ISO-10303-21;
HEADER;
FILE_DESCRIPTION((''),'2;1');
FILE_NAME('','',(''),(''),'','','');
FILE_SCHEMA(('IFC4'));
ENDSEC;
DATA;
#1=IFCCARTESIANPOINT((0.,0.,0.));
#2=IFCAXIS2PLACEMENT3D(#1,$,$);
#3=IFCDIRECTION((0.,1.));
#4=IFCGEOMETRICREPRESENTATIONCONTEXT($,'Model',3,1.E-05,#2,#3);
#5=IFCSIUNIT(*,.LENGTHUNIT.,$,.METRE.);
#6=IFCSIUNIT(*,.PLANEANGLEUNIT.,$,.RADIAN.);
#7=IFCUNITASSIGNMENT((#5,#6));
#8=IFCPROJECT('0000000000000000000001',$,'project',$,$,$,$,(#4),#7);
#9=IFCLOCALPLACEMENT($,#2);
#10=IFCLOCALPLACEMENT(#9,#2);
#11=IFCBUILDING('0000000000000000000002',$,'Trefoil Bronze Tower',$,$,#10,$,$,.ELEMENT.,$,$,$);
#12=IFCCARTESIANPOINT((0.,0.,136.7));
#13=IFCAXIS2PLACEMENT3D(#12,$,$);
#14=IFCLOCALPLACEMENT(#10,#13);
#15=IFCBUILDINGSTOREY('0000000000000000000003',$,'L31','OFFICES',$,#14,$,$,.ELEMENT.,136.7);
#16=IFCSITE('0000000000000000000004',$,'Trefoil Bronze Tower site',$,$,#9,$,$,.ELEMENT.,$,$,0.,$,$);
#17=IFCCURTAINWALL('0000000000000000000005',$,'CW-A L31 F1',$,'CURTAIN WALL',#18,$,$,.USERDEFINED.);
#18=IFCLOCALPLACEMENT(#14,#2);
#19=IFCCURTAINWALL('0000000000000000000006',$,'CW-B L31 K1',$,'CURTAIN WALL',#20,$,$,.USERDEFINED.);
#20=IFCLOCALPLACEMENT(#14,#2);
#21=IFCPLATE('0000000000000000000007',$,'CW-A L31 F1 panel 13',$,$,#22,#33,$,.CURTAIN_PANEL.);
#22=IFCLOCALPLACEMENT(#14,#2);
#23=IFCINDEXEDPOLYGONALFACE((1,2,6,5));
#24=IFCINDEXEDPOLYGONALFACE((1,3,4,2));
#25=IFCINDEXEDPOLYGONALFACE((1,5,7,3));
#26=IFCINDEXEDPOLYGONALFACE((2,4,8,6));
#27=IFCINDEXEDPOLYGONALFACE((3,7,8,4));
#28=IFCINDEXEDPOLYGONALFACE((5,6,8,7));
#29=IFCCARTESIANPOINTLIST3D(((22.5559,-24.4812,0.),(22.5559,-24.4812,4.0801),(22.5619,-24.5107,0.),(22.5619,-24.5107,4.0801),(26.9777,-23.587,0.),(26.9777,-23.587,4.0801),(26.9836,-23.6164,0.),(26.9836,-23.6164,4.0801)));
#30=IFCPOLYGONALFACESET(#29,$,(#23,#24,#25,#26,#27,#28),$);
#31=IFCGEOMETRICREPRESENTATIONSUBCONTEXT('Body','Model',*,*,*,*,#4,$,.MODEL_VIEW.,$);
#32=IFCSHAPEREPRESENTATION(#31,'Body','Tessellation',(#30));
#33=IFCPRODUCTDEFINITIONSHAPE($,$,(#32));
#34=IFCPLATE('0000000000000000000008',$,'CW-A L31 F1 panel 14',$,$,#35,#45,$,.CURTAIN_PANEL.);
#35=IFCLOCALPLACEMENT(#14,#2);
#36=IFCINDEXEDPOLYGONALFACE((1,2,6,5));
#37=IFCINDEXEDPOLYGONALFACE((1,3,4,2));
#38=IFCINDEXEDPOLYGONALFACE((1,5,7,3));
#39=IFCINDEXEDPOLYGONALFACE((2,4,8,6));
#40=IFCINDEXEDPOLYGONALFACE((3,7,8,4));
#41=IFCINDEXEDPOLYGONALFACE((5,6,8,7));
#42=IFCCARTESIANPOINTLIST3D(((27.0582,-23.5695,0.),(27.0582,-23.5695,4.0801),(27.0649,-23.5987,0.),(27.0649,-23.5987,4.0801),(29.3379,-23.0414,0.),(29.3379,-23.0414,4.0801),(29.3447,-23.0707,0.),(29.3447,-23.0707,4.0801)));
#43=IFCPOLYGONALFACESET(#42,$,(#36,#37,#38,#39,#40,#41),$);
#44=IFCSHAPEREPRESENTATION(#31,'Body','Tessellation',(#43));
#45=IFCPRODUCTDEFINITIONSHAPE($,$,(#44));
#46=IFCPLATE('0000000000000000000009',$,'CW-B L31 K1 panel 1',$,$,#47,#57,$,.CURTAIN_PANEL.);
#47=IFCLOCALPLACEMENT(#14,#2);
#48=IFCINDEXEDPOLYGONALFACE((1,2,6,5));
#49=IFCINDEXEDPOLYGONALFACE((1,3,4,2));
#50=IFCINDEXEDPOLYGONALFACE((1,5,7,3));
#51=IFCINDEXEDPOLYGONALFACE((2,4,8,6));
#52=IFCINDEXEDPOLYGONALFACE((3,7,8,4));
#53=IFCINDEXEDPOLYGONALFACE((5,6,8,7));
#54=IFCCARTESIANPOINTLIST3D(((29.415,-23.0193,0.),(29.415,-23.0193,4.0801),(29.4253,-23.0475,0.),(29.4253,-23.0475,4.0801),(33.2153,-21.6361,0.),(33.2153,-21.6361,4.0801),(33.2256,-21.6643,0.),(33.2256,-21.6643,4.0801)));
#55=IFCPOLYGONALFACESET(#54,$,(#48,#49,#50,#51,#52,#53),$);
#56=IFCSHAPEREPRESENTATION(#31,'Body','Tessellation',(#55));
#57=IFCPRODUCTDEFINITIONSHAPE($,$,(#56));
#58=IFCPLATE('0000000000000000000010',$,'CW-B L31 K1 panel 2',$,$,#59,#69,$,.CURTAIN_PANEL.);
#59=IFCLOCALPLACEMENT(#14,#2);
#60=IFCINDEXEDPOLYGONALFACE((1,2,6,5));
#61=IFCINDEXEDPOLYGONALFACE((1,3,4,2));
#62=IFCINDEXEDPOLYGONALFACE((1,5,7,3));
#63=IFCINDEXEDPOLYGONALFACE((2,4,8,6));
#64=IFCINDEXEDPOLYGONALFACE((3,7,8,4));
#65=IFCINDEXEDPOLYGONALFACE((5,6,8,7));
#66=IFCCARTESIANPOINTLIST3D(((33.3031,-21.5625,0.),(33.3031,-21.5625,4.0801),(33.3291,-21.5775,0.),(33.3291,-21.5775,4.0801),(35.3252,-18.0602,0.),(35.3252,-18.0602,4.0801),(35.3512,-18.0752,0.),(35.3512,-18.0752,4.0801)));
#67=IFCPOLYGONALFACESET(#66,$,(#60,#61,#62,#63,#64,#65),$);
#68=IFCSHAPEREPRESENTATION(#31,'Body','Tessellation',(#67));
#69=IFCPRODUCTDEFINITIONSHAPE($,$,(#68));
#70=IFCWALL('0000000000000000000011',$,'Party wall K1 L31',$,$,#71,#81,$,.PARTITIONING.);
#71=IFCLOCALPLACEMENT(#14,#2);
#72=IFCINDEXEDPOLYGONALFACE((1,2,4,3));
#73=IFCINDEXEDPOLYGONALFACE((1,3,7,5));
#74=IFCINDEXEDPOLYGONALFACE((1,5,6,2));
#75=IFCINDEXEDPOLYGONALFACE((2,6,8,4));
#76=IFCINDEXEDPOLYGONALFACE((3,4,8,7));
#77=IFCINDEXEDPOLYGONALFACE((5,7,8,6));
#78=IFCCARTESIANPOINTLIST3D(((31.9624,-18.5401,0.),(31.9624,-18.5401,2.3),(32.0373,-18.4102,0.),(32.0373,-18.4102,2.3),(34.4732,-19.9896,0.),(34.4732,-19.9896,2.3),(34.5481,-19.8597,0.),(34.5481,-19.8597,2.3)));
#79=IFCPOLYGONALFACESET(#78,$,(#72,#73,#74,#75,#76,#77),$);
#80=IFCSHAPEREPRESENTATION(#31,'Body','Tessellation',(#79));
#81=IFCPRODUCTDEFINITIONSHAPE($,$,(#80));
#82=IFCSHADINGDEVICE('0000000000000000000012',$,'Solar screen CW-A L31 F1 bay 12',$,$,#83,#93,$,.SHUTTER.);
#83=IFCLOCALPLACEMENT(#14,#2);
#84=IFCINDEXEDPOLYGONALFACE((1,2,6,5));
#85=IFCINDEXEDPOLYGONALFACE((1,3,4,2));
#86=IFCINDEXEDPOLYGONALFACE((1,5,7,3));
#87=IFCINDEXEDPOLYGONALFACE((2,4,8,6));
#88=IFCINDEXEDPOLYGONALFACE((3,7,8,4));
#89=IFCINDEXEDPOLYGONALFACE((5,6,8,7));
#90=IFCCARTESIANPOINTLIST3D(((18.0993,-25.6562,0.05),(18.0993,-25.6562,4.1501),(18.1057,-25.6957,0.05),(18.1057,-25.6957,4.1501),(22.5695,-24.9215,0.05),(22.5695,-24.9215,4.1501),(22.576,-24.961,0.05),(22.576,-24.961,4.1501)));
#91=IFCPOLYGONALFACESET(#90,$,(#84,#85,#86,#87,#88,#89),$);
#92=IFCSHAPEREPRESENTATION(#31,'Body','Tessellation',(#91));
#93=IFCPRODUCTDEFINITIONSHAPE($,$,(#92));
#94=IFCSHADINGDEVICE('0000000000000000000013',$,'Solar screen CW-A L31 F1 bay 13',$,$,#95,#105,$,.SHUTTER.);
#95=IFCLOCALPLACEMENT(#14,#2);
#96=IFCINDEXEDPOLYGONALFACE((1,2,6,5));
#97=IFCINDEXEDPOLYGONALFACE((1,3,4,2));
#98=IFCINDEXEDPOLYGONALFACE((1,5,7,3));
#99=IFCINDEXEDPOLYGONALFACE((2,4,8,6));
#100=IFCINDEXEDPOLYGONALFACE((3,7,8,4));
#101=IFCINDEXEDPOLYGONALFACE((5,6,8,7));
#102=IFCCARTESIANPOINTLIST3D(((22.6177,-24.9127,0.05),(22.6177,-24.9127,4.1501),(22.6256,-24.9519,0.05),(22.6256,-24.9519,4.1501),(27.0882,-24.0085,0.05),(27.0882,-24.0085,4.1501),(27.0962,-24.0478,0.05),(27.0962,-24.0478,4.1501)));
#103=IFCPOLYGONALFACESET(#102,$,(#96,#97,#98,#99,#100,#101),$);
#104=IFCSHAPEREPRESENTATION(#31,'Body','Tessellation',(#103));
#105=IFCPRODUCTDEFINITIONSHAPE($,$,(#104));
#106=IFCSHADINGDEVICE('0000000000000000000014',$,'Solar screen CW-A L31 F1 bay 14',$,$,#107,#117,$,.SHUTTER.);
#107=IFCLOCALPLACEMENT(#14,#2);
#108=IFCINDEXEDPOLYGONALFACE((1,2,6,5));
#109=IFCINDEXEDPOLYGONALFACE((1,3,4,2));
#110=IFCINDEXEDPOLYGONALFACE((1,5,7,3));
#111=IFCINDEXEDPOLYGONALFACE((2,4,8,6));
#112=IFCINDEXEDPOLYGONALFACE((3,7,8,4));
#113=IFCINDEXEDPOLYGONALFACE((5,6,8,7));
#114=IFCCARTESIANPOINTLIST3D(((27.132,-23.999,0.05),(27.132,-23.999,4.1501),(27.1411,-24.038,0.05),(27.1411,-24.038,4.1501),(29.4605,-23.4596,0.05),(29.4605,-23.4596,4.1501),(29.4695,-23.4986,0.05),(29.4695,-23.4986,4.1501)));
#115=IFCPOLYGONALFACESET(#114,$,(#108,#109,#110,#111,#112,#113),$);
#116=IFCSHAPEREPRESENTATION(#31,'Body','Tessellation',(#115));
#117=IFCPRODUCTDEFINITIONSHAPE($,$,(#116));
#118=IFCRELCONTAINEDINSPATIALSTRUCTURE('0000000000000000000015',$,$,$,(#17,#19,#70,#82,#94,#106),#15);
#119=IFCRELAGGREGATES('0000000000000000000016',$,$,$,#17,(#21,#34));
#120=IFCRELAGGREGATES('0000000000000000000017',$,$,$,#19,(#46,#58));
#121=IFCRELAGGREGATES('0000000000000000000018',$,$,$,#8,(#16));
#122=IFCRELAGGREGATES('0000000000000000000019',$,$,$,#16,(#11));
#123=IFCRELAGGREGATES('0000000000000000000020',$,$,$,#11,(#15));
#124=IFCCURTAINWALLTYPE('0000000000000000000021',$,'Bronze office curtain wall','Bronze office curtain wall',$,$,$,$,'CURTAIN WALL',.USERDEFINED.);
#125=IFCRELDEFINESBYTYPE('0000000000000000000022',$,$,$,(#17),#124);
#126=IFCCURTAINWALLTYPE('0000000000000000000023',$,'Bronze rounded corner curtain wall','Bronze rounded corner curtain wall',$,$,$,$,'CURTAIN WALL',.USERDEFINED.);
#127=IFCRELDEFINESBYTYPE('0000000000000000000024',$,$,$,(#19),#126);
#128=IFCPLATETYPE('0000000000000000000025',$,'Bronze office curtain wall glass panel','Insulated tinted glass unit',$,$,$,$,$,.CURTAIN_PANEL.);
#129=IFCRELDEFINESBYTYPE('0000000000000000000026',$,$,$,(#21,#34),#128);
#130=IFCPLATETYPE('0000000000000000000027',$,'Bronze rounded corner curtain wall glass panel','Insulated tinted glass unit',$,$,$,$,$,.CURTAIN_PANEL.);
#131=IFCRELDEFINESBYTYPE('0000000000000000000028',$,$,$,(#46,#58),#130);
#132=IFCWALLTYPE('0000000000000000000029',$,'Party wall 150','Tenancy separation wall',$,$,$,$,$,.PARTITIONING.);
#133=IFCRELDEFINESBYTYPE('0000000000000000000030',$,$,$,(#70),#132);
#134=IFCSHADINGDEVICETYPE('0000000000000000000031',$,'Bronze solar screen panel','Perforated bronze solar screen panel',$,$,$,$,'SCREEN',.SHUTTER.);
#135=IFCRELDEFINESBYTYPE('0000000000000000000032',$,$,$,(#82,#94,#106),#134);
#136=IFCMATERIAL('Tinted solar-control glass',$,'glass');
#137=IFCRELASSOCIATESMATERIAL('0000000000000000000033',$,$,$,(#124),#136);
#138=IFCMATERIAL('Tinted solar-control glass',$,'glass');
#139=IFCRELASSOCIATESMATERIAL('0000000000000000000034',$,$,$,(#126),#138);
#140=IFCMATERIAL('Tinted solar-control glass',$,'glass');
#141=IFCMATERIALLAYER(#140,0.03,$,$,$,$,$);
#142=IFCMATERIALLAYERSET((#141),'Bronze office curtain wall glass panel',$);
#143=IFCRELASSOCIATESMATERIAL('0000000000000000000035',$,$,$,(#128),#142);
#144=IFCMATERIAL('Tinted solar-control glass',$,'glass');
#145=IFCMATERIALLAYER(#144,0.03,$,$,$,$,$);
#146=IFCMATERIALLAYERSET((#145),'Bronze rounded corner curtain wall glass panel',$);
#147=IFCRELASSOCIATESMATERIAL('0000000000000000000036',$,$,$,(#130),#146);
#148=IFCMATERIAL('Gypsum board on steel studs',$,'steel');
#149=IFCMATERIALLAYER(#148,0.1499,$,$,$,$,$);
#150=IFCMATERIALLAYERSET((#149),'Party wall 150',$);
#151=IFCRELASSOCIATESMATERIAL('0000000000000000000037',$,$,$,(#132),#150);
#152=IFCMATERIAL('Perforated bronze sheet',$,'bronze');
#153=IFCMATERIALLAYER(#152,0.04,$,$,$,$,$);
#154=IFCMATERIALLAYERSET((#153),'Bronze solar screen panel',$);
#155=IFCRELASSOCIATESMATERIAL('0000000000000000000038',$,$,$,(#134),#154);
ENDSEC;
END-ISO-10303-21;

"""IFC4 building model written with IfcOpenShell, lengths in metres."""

from ifc_helpers import new_model, si_unit, direction, frame, frame_2d, origin, origin_2d, place, context, subcontext, project, spatial, rectangle, extrude, material, layer, layer_set, type_object, element, aggregate, save


model = new_model("IFC4")

# Units and contexts
model_context = context("Model", 3, precision=1e-05, world=origin(), true_north=direction((0.0, 1.0)))
body_context = subcontext(model_context, "Body", "Model", "MODEL_VIEW")
ifc_project = project(units=[si_unit("LENGTHUNIT", "METRE"), si_unit("PLANEANGLEUNIT", "RADIAN")], contexts=[model_context])

# Site, building, storey
site_placement = place(None, origin())
site = spatial("IfcSite", under=ifc_project, at=site_placement, Name="Trefoil Bronze Tower site", CompositionType="ELEMENT", RefElevation=0.0)
building_placement = place(site_placement, origin())
building = spatial("IfcBuilding", under=site, at=building_placement, Name="Trefoil Bronze Tower", CompositionType="ELEMENT")
storey_placement = place(building_placement, frame((0.0, 0.0, 136.7)))
storey = spatial("IfcBuildingStorey", under=building, at=storey_placement, Name="L31", Description="OFFICES", CompositionType="ELEMENT", Elevation=136.7)

# Curtain walls
ifc_material_1 = material(Name="Tinted solar-control glass", Category="glass")
curtain_wall_type_1 = type_object("IfcCurtainWallType", Name="Bronze office curtain wall", Description="Bronze office curtain wall", ElementType="CURTAIN WALL", PredefinedType="USERDEFINED", material=ifc_material_1)
curtain_wall_1_placement = place(storey_placement, origin())
curtain_wall_1 = element("IfcCurtainWall", 1, at=curtain_wall_1_placement, inside=storey, type_object=curtain_wall_type_1, Name="CW-A L31 F1", ObjectType="CURTAIN WALL", PredefinedType="USERDEFINED")
ifc_material_2 = material(Name="Tinted solar-control glass", Category="glass")
curtain_wall_type_2 = type_object("IfcCurtainWallType", Name="Bronze rounded corner curtain wall", Description="Bronze rounded corner curtain wall", ElementType="CURTAIN WALL", PredefinedType="USERDEFINED", material=ifc_material_2)
curtain_wall_2_placement = place(storey_placement, origin())
curtain_wall_2 = element("IfcCurtainWall", 2, at=curtain_wall_2_placement, inside=storey, type_object=curtain_wall_type_2, Name="CW-B L31 K1", ObjectType="CURTAIN WALL", PredefinedType="USERDEFINED")

# Plates
ifc_material_3 = material(Name="Tinted solar-control glass", Category="glass")
ifc_layer_1 = layer(ifc_material_3, 0.03)
ifc_layer_set_1 = layer_set([ifc_layer_1], Name="Bronze office curtain wall glass panel")
plate_type_1 = type_object("IfcPlateType", Name="Bronze office curtain wall glass panel", Description="Insulated tinted glass unit", PredefinedType="CURTAIN_PANEL", material=ifc_layer_set_1)
plate_1_placement = place(storey_placement, frame((24.7698, -24.0488, 0.0), z_axis=(0.0, 0.0, 1.0), x_axis=(0.980155, 0.198232, 0.0)))
plate_1 = element("IfcPlate", 3, at=plate_1_placement, type_object=plate_type_1, Name="CW-A L31 F1 panel 13", PredefinedType="CURTAIN_PANEL", context=body_context, shape_type="SweptSolid", body=[
    extrude(rectangle(XDim=4.5112, YDim=0.03, at=origin_2d()), origin(), (0.0, 0.0, 1.0), 4.0801),
])
plate_2_placement = place(storey_placement, frame((28.2014, -23.3201, 0.0), z_axis=(0.0, 0.0, 1.0), x_axis=(0.974204, 0.225667, 0.0)))
plate_2 = element("IfcPlate", 4, at=plate_2_placement, type_object=plate_type_1, Name="CW-A L31 F1 panel 14", PredefinedType="CURTAIN_PANEL", context=body_context, shape_type="SweptSolid", body=[
    extrude(rectangle(XDim=2.3401, YDim=0.03, at=origin_2d()), origin(), (0.0, 0.0, 1.0), 4.0801),
])
aggregate(curtain_wall_1, [plate_1, plate_2])
ifc_material_4 = material(Name="Tinted solar-control glass", Category="glass")
ifc_layer_2 = layer(ifc_material_4, 0.03)
ifc_layer_set_2 = layer_set([ifc_layer_2], Name="Bronze rounded corner curtain wall glass panel")
plate_type_2 = type_object("IfcPlateType", Name="Bronze rounded corner curtain wall glass panel", Description="Insulated tinted glass unit", PredefinedType="CURTAIN_PANEL", material=ifc_layer_set_2)
plate_3_placement = place(storey_placement, frame((31.3203, -22.3418, 0.0), z_axis=(0.0, 0.0, 1.0), x_axis=(0.939693, 0.34202, 0.0)))
plate_3 = element("IfcPlate", 5, at=plate_3_placement, type_object=plate_type_2, Name="CW-B L31 K1 panel 1", PredefinedType="CURTAIN_PANEL", context=body_context, shape_type="SweptSolid", body=[
    extrude(rectangle(XDim=4.0442, YDim=0.03, at=origin_2d()), origin(), (0.0, 0.0, 1.0), 4.0801),
])
plate_4_placement = place(storey_placement, frame((34.3271, -19.8188, 0.0), z_axis=(0.0, 0.0, 1.0), x_axis=(0.5, 0.866025, 0.0)))
plate_4 = element("IfcPlate", 6, at=plate_4_placement, type_object=plate_type_2, Name="CW-B L31 K1 panel 2", PredefinedType="CURTAIN_PANEL", context=body_context, shape_type="SweptSolid", body=[
    extrude(rectangle(XDim=4.0442, YDim=0.03, at=origin_2d()), origin(), (0.0, 0.0, 1.0), 4.0801),
])
aggregate(curtain_wall_2, [plate_3, plate_4])

# Wall
ifc_material_5 = material(Name="Gypsum board on steel studs", Category="steel")
ifc_layer_3 = layer(ifc_material_5, 0.1499)
ifc_layer_set_3 = layer_set([ifc_layer_3], Name="Party wall 150")
wall_type = type_object("IfcWallType", Name="Party wall 150", Description="Tenancy separation wall", PredefinedType="PARTITIONING", material=ifc_layer_set_3)
wall_placement = place(storey_placement, frame((31.9998, -18.4751, 0.0), z_axis=(0.0, 0.0, 1.0), x_axis=(0.866043, -0.49997, 0.0)))
element("IfcWall", 7, at=wall_placement, inside=storey, type_object=wall_type, Name="Party wall K1 L31", PredefinedType="PARTITIONING", context=body_context, shape_type="SweptSolid", body=[
    extrude(rectangle(XDim=2.8992, YDim=0.1499, at=frame_2d((1.4497, 0.0))), origin(), (0.0, 0.0, 1.0), 2.3),
])

# Shading devices
ifc_material_6 = material(Name="Perforated bronze sheet", Category="bronze")
ifc_layer_4 = layer(ifc_material_6, 0.04)
ifc_layer_set_4 = layer_set([ifc_layer_4], Name="Bronze solar screen panel")
shading_device_type = type_object("IfcShadingDeviceType", Name="Bronze solar screen panel", Description="Perforated bronze solar screen panel", ElementType="SCREEN", PredefinedType="SHUTTER", material=ifc_layer_set_4)
shading_device_1_placement = place(storey_placement, frame((20.3376, -25.3086, 0.05), z_axis=(0.0, 0.0, 1.0), x_axis=(0.98676, 0.162189, 0.0)))
element("IfcShadingDevice", 8, at=shading_device_1_placement, inside=storey, type_object=shading_device_type, Name="Solar screen CW-A L31 F1 bay 12", PredefinedType="SHUTTER", context=body_context, shape_type="SweptSolid", body=[
    extrude(rectangle(XDim=4.5303, YDim=0.04, at=origin_2d()), origin(), (0.0, 0.0, 1.0), 4.1001),
])
shading_device_2_placement = place(storey_placement, frame((24.8569, -24.4802, 0.05), z_axis=(0.0, 0.0, 1.0), x_axis=(0.980155, 0.198232, 0.0)))
element("IfcShadingDevice", 9, at=shading_device_2_placement, inside=storey, type_object=shading_device_type, Name="Solar screen CW-A L31 F1 bay 13", PredefinedType="SHUTTER", context=body_context, shape_type="SweptSolid", body=[
    extrude(rectangle(XDim=4.561, YDim=0.04, at=origin_2d()), origin(), (0.0, 0.0, 1.0), 4.1001),
])
shading_device_3_placement = place(storey_placement, frame((28.3008, -23.7488, 0.05), z_axis=(0.0, 0.0, 1.0), x_axis=(0.974204, 0.225667, 0.0)))
element("IfcShadingDevice", 10, at=shading_device_3_placement, inside=storey, type_object=shading_device_type, Name="Solar screen CW-A L31 F1 bay 14", PredefinedType="SHUTTER", context=body_context, shape_type="SweptSolid", body=[
    extrude(rectangle(XDim=2.3901, YDim=0.04, at=origin_2d()), origin(), (0.0, 0.0, 1.0), 4.1001),
])

save(model, "model.ifc")
